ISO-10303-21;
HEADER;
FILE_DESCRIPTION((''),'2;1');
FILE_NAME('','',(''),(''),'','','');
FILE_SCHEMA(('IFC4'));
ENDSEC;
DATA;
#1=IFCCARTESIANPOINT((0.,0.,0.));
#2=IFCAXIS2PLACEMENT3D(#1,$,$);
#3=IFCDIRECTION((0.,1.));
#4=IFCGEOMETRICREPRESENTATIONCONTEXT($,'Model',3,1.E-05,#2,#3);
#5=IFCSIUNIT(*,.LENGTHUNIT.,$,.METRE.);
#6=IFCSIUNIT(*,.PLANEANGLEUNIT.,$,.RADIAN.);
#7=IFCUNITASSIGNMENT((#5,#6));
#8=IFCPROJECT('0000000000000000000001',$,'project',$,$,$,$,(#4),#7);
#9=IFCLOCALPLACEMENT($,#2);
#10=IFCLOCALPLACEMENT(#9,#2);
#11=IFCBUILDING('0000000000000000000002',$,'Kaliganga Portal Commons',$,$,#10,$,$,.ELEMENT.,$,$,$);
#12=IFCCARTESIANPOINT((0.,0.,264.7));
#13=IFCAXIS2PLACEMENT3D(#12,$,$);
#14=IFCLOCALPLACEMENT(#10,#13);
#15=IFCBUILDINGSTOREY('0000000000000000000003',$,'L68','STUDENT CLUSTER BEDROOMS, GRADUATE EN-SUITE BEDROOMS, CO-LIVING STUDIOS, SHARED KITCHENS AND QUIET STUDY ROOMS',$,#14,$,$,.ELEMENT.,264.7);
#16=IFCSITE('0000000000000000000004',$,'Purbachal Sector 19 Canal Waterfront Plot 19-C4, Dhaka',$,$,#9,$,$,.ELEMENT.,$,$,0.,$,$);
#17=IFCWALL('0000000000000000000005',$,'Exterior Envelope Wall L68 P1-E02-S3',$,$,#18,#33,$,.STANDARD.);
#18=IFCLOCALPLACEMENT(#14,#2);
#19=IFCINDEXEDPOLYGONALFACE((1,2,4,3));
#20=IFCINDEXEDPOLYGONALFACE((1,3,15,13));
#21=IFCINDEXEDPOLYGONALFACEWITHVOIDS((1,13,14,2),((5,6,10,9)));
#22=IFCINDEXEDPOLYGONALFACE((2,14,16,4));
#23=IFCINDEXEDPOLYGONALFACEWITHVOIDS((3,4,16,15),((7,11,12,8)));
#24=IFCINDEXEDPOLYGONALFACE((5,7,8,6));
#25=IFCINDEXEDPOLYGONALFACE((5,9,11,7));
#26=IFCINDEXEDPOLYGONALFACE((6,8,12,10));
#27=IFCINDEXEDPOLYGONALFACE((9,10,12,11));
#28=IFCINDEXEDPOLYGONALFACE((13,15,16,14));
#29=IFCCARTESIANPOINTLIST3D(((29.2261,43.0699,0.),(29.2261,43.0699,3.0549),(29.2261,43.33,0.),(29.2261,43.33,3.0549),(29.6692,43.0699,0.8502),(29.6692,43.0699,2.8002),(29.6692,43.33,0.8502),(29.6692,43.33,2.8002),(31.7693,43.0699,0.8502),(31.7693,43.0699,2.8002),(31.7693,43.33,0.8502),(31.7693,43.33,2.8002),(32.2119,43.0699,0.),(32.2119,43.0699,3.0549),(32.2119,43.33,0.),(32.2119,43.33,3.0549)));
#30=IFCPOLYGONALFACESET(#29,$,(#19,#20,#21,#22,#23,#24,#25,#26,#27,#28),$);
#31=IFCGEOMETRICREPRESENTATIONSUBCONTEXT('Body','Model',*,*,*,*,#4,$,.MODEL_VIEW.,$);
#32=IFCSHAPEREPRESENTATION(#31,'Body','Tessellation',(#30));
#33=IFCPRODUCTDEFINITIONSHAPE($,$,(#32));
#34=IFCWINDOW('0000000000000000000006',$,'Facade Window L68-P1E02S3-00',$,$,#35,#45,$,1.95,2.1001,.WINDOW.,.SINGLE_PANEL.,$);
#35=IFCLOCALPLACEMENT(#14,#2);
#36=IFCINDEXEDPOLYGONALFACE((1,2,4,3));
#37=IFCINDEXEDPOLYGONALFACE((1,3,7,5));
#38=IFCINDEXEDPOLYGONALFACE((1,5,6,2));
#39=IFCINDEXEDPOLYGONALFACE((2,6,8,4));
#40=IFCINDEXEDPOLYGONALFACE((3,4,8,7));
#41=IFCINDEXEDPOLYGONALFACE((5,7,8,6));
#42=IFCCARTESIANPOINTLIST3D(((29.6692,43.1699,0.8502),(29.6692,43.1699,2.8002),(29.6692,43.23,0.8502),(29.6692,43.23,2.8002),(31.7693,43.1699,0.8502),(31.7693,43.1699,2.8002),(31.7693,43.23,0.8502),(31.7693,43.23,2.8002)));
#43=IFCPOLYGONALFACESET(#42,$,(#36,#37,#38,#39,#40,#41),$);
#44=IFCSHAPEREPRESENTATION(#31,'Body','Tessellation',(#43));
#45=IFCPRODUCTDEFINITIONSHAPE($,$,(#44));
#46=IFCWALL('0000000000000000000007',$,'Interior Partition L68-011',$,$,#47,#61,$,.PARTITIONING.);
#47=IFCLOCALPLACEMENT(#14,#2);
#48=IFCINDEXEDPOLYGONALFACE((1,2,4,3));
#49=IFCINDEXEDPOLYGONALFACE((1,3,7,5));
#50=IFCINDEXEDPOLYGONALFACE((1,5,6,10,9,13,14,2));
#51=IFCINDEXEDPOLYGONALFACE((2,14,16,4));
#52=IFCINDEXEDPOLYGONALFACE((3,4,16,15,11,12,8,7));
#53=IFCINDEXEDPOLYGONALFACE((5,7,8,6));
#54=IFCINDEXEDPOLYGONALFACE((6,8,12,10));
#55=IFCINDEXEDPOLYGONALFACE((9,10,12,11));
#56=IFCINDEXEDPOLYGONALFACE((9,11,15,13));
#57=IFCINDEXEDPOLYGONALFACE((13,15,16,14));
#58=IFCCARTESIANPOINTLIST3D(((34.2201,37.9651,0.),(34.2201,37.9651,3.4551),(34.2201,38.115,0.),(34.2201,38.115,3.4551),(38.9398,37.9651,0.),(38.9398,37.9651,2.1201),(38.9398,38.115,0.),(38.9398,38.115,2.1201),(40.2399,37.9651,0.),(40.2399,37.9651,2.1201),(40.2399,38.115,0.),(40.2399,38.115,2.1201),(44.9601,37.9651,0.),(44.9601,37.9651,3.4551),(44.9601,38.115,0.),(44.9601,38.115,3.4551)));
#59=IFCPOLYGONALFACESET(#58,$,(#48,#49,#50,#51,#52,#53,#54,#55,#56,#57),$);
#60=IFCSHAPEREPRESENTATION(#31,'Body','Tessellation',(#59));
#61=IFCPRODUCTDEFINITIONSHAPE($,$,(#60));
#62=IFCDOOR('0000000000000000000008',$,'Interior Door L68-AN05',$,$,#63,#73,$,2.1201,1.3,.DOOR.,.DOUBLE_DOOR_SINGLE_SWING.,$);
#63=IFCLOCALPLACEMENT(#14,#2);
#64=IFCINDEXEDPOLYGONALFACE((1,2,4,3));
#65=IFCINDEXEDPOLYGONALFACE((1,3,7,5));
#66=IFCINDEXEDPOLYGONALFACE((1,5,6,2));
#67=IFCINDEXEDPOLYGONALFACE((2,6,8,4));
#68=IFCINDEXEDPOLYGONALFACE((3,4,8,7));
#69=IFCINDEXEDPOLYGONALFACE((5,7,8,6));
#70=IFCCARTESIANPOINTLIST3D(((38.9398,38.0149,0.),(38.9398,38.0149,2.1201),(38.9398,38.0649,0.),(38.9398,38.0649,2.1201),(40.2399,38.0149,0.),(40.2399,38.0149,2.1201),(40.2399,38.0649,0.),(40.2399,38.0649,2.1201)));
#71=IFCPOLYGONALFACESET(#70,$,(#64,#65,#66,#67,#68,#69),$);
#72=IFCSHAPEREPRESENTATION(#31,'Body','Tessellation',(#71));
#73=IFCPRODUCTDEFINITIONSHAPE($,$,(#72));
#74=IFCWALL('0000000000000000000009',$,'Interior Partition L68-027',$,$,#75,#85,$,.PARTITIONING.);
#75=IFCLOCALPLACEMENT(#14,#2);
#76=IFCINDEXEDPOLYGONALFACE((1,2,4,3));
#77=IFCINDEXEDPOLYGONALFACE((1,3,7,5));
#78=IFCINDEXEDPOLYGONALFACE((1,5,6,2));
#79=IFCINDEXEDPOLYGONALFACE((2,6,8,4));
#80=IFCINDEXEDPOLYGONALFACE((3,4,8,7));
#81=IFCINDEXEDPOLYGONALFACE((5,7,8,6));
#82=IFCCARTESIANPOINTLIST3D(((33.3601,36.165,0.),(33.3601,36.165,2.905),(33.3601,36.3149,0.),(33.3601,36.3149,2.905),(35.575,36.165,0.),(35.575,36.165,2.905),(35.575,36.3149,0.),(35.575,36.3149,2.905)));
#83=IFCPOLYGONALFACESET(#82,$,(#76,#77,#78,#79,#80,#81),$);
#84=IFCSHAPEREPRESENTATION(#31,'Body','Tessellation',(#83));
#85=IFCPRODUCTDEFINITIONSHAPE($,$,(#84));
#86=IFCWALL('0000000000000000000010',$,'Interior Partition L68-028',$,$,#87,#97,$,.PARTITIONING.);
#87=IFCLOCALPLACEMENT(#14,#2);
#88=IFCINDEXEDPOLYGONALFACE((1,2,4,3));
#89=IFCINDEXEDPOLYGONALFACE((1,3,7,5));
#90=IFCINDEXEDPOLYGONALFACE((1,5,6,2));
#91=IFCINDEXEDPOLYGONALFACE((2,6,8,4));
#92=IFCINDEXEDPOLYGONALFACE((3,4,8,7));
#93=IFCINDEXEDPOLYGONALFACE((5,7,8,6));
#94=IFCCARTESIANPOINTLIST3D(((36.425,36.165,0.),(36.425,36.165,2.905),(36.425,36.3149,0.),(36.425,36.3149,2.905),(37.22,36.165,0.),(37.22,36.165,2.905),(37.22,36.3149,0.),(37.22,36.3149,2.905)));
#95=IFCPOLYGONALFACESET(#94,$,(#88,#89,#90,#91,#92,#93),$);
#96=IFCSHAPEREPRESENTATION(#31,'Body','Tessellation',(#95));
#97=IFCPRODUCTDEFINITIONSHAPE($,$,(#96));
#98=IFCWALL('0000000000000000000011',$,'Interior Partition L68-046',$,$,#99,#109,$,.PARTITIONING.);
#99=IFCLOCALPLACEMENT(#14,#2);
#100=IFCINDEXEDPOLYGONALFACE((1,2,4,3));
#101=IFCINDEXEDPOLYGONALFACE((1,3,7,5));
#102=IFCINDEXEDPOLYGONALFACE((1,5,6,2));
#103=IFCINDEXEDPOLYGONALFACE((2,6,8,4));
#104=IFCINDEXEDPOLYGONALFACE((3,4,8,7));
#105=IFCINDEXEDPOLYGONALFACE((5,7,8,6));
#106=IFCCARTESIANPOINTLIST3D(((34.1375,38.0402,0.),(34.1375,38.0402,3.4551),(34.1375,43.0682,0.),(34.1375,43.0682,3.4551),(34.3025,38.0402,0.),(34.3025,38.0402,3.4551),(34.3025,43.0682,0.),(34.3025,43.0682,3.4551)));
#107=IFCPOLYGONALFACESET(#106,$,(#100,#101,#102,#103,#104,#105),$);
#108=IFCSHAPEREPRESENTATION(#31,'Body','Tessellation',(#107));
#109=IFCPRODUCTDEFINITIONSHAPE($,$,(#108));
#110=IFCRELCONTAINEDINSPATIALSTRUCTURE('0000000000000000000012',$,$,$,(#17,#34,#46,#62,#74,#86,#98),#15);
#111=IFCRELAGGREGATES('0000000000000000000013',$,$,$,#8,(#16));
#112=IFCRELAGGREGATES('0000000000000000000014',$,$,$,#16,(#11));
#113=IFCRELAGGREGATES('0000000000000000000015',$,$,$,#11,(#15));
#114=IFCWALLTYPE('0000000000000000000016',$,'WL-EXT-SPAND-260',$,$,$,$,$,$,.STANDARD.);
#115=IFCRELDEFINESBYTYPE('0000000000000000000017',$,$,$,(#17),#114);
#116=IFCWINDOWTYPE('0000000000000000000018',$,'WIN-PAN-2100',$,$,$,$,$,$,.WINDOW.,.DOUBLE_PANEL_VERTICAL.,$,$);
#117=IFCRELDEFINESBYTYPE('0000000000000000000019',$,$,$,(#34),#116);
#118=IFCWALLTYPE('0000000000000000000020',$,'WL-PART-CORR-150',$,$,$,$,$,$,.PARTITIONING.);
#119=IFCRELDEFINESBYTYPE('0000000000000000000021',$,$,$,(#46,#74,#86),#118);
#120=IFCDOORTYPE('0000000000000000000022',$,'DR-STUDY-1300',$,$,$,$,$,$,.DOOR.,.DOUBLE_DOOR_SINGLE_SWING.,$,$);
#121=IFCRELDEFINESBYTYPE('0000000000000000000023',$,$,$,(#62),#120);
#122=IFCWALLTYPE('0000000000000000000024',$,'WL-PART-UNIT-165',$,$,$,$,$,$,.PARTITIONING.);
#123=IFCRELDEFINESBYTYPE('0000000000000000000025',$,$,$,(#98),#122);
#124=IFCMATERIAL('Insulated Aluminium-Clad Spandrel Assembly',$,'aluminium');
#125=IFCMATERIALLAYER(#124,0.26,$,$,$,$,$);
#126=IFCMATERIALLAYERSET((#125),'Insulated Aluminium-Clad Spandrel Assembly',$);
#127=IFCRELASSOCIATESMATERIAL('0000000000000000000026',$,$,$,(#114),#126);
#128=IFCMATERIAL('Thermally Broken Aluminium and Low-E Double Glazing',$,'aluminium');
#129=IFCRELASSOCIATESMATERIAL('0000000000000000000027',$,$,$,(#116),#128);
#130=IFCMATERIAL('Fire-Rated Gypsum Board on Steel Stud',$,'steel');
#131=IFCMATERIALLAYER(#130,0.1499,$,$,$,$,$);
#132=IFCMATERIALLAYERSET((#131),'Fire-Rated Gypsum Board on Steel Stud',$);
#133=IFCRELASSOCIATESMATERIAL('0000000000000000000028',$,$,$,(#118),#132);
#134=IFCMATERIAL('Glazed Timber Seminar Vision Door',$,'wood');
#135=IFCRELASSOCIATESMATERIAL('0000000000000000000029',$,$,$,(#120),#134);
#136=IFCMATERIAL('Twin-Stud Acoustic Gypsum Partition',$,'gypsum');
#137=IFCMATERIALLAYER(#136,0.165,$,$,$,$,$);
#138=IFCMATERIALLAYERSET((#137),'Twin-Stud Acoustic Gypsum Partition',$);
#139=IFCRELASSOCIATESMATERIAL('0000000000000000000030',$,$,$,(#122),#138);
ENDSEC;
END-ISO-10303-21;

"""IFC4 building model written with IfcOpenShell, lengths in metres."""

from ifc_helpers import new_model, si_unit, direction, frame, frame_2d, origin, place, context, subcontext, project, spatial, rectangle, extrude, material, layer, layer_set, type_object, element, fill, save


model = new_model("IFC4")

# Units and contexts
model_context = context("Model", 3, precision=1e-05, world=origin(), true_north=direction((0.0, 1.0)))
body_context = subcontext(model_context, "Body", "Model", "MODEL_VIEW")
ifc_project = project(units=[si_unit("LENGTHUNIT", "METRE"), si_unit("PLANEANGLEUNIT", "RADIAN")], contexts=[model_context])

# Site, building, storey
site_placement = place(None, origin())
site = spatial("IfcSite", under=ifc_project, at=site_placement, Name="Purbachal Sector 19 Canal Waterfront Plot 19-C4, Dhaka", CompositionType="ELEMENT", RefElevation=0.0)
building_placement = place(site_placement, origin())
building = spatial("IfcBuilding", under=site, at=building_placement, Name="Kaliganga Portal Commons", CompositionType="ELEMENT")
storey_placement = place(building_placement, frame((0.0, 0.0, 264.7)))
storey = spatial("IfcBuildingStorey", under=building, at=storey_placement, Name="L68", Description="STUDENT CLUSTER BEDROOMS, GRADUATE EN-SUITE BEDROOMS, CO-LIVING STUDIOS, SHARED KITCHENS AND QUIET STUDY ROOMS", CompositionType="ELEMENT", Elevation=264.7)

# Shared definitions
ifc_material_1 = material(Name="Insulated Aluminium-Clad Spandrel Assembly", Category="aluminium")
ifc_layer_1 = layer(ifc_material_1, 0.26)
ifc_layer_set_1 = layer_set([ifc_layer_1], Name="Insulated Aluminium-Clad Spandrel Assembly")
wall_type_1 = type_object("IfcWallType", Name="WL-EXT-SPAND-260", PredefinedType="STANDARD", material=ifc_layer_set_1)
ifc_material_2 = material(Name="Thermally Broken Aluminium and Low-E Double Glazing", Category="aluminium")
window_type_1 = type_object("IfcWindowType", Name="WIN-PAN-2100", PartitioningType="DOUBLE_PANEL_VERTICAL", PredefinedType="WINDOW", material=ifc_material_2)

# Wall, opening, window
wall_1_placement = place(storey_placement, frame((29.2261, 43.2, 0.0), z_axis=(0.0, 0.0, 1.0), x_axis=(1.0, 0.0, 0.0)))
wall_1 = element("IfcWall", 1, at=wall_1_placement, inside=storey, type_object=wall_type_1, Name="Exterior Envelope Wall L68 P1-E02-S3", PredefinedType="STANDARD", context=body_context, shape_type="SweptSolid", body=[
    extrude(rectangle(XDim=2.9858, YDim=0.26, at=frame_2d((1.4929, 0.0))), origin(), (0.0, 0.0, 1.0), 3.0549),
])
opening_1_placement = place(wall_1_placement, frame((0.4431, 0.0, 0.8501)))
opening_1 = element("IfcOpeningElement", 2, at=opening_1_placement, cuts=wall_1, PredefinedType="OPENING", context=body_context, shape_type="SweptSolid", body=[
    extrude(rectangle(XDim=2.1001, YDim=1.95, at=frame_2d((1.05, 0.9751))), frame((0.0, 0.1401, 0.0), z_axis=(0.0, -1.0, 0.0), x_axis=(1.0, 0.0, 0.0)), (0.0, 0.0, 1.0), 0.28),
])
window_1_placement = place(opening_1_placement, origin())
window_1 = element("IfcWindow", 3, at=window_1_placement, inside=storey, type_object=window_type_1, Name="Facade Window L68-P1E02S3-00", OverallHeight=1.95, OverallWidth=2.1001, PartitioningType="SINGLE_PANEL", PredefinedType="WINDOW", context=body_context, shape_type="SweptSolid", body=[
    extrude(rectangle(XDim=2.1001, YDim=1.95, at=frame_2d((1.05, 0.9751))), frame((0.0, 0.03, 0.0), z_axis=(0.0, -1.0, 0.0), x_axis=(1.0, 0.0, 0.0)), (0.0, 0.0, 1.0), 0.0601),
])
fill(opening_1, window_1)

# Wall, opening, door
ifc_material_3 = material(Name="Fire-Rated Gypsum Board on Steel Stud", Category="steel")
ifc_layer_2 = layer(ifc_material_3, 0.1499)
ifc_layer_set_2 = layer_set([ifc_layer_2], Name="Fire-Rated Gypsum Board on Steel Stud")
wall_type_2 = type_object("IfcWallType", Name="WL-PART-CORR-150", PredefinedType="PARTITIONING", material=ifc_layer_set_2)
wall_2_placement = place(storey_placement, frame((34.22, 38.04, 0.0), z_axis=(0.0, 0.0, 1.0), x_axis=(1.0, 0.0, 0.0)))
wall_2 = element("IfcWall", 4, at=wall_2_placement, inside=storey, type_object=wall_type_2, Name="Interior Partition L68-011", PredefinedType="PARTITIONING", context=body_context, shape_type="SweptSolid", body=[
    extrude(rectangle(XDim=10.74, YDim=0.1499, at=frame_2d((5.3701, 0.0))), origin(), (0.0, 0.0, 1.0), 3.4551),
])
opening_2_placement = place(wall_2_placement, frame((4.72, 0.0, 0.0)))
opening_2 = element("IfcOpeningElement", 5, at=opening_2_placement, cuts=wall_2, PredefinedType="OPENING", context=body_context, shape_type="SweptSolid", body=[
    extrude(rectangle(XDim=1.3, YDim=2.1201, at=frame_2d((0.6499, 1.0601))), frame((0.0, 0.085, 0.0), z_axis=(0.0, -1.0, 0.0), x_axis=(1.0, 0.0, 0.0)), (0.0, 0.0, 1.0), 0.1699),
])
ifc_material_4 = material(Name="Glazed Timber Seminar Vision Door", Category="wood")
door_type_1 = type_object("IfcDoorType", Name="DR-STUDY-1300", OperationType="DOUBLE_DOOR_SINGLE_SWING", PredefinedType="DOOR", material=ifc_material_4)
door_1_placement = place(opening_2_placement, origin())
door_1 = element("IfcDoor", 6, at=door_1_placement, inside=storey, type_object=door_type_1, Name="Interior Door L68-AN05", OperationType="DOUBLE_DOOR_SINGLE_SWING", OverallHeight=2.1201, OverallWidth=1.3, PredefinedType="DOOR", context=body_context, shape_type="SweptSolid", body=[
    extrude(rectangle(XDim=1.3, YDim=2.1201, at=frame_2d((0.6499, 1.0601))), frame((0.0, 0.0249, 0.0), z_axis=(0.0, -1.0, 0.0), x_axis=(1.0, 0.0, 0.0)), (0.0, 0.0, 1.0), 0.05),
])
fill(opening_2, door_1)

# Walls
wall_3_placement = place(storey_placement, frame((33.3601, 36.24, 0.0), z_axis=(0.0, 0.0, 1.0), x_axis=(1.0, 0.0, 0.0)))
element("IfcWall", 7, at=wall_3_placement, inside=storey, type_object=wall_type_2, Name="Interior Partition L68-027", PredefinedType="PARTITIONING", context=body_context, shape_type="SweptSolid", body=[
    extrude(rectangle(XDim=2.2148, YDim=0.1499, at=frame_2d((1.1074, 0.0))), origin(), (0.0, 0.0, 1.0), 2.905),
])
wall_4_placement = place(storey_placement, frame((36.425, 36.24, 0.0), z_axis=(0.0, 0.0, 1.0), x_axis=(1.0, 0.0, 0.0)))
element("IfcWall", 8, at=wall_4_placement, inside=storey, type_object=wall_type_2, Name="Interior Partition L68-028", PredefinedType="PARTITIONING", context=body_context, shape_type="SweptSolid", body=[
    extrude(rectangle(XDim=0.7949, YDim=0.1499, at=frame_2d((0.3975, 0.0))), origin(), (0.0, 0.0, 1.0), 2.905),
])
ifc_material_5 = material(Name="Twin-Stud Acoustic Gypsum Partition", Category="gypsum")
ifc_layer_3 = layer(ifc_material_5, 0.165)
ifc_layer_set_3 = layer_set([ifc_layer_3], Name="Twin-Stud Acoustic Gypsum Partition")
wall_type_3 = type_object("IfcWallType", Name="WL-PART-UNIT-165", PredefinedType="PARTITIONING", material=ifc_layer_set_3)
wall_5_placement = place(storey_placement, frame((34.22, 38.04, 0.0), z_axis=(0.0, 0.0, 1.0), x_axis=(0.0, 1.0, 0.0)))
element("IfcWall", 9, at=wall_5_placement, inside=storey, type_object=wall_type_3, Name="Interior Partition L68-046", PredefinedType="PARTITIONING", context=body_context, shape_type="SweptSolid", body=[
    extrude(rectangle(XDim=5.0281, YDim=0.165, at=frame_2d((2.5142, 0.0))), origin(), (0.0, 0.0, 1.0), 3.4551),
])

save(model, "model.ifc")
